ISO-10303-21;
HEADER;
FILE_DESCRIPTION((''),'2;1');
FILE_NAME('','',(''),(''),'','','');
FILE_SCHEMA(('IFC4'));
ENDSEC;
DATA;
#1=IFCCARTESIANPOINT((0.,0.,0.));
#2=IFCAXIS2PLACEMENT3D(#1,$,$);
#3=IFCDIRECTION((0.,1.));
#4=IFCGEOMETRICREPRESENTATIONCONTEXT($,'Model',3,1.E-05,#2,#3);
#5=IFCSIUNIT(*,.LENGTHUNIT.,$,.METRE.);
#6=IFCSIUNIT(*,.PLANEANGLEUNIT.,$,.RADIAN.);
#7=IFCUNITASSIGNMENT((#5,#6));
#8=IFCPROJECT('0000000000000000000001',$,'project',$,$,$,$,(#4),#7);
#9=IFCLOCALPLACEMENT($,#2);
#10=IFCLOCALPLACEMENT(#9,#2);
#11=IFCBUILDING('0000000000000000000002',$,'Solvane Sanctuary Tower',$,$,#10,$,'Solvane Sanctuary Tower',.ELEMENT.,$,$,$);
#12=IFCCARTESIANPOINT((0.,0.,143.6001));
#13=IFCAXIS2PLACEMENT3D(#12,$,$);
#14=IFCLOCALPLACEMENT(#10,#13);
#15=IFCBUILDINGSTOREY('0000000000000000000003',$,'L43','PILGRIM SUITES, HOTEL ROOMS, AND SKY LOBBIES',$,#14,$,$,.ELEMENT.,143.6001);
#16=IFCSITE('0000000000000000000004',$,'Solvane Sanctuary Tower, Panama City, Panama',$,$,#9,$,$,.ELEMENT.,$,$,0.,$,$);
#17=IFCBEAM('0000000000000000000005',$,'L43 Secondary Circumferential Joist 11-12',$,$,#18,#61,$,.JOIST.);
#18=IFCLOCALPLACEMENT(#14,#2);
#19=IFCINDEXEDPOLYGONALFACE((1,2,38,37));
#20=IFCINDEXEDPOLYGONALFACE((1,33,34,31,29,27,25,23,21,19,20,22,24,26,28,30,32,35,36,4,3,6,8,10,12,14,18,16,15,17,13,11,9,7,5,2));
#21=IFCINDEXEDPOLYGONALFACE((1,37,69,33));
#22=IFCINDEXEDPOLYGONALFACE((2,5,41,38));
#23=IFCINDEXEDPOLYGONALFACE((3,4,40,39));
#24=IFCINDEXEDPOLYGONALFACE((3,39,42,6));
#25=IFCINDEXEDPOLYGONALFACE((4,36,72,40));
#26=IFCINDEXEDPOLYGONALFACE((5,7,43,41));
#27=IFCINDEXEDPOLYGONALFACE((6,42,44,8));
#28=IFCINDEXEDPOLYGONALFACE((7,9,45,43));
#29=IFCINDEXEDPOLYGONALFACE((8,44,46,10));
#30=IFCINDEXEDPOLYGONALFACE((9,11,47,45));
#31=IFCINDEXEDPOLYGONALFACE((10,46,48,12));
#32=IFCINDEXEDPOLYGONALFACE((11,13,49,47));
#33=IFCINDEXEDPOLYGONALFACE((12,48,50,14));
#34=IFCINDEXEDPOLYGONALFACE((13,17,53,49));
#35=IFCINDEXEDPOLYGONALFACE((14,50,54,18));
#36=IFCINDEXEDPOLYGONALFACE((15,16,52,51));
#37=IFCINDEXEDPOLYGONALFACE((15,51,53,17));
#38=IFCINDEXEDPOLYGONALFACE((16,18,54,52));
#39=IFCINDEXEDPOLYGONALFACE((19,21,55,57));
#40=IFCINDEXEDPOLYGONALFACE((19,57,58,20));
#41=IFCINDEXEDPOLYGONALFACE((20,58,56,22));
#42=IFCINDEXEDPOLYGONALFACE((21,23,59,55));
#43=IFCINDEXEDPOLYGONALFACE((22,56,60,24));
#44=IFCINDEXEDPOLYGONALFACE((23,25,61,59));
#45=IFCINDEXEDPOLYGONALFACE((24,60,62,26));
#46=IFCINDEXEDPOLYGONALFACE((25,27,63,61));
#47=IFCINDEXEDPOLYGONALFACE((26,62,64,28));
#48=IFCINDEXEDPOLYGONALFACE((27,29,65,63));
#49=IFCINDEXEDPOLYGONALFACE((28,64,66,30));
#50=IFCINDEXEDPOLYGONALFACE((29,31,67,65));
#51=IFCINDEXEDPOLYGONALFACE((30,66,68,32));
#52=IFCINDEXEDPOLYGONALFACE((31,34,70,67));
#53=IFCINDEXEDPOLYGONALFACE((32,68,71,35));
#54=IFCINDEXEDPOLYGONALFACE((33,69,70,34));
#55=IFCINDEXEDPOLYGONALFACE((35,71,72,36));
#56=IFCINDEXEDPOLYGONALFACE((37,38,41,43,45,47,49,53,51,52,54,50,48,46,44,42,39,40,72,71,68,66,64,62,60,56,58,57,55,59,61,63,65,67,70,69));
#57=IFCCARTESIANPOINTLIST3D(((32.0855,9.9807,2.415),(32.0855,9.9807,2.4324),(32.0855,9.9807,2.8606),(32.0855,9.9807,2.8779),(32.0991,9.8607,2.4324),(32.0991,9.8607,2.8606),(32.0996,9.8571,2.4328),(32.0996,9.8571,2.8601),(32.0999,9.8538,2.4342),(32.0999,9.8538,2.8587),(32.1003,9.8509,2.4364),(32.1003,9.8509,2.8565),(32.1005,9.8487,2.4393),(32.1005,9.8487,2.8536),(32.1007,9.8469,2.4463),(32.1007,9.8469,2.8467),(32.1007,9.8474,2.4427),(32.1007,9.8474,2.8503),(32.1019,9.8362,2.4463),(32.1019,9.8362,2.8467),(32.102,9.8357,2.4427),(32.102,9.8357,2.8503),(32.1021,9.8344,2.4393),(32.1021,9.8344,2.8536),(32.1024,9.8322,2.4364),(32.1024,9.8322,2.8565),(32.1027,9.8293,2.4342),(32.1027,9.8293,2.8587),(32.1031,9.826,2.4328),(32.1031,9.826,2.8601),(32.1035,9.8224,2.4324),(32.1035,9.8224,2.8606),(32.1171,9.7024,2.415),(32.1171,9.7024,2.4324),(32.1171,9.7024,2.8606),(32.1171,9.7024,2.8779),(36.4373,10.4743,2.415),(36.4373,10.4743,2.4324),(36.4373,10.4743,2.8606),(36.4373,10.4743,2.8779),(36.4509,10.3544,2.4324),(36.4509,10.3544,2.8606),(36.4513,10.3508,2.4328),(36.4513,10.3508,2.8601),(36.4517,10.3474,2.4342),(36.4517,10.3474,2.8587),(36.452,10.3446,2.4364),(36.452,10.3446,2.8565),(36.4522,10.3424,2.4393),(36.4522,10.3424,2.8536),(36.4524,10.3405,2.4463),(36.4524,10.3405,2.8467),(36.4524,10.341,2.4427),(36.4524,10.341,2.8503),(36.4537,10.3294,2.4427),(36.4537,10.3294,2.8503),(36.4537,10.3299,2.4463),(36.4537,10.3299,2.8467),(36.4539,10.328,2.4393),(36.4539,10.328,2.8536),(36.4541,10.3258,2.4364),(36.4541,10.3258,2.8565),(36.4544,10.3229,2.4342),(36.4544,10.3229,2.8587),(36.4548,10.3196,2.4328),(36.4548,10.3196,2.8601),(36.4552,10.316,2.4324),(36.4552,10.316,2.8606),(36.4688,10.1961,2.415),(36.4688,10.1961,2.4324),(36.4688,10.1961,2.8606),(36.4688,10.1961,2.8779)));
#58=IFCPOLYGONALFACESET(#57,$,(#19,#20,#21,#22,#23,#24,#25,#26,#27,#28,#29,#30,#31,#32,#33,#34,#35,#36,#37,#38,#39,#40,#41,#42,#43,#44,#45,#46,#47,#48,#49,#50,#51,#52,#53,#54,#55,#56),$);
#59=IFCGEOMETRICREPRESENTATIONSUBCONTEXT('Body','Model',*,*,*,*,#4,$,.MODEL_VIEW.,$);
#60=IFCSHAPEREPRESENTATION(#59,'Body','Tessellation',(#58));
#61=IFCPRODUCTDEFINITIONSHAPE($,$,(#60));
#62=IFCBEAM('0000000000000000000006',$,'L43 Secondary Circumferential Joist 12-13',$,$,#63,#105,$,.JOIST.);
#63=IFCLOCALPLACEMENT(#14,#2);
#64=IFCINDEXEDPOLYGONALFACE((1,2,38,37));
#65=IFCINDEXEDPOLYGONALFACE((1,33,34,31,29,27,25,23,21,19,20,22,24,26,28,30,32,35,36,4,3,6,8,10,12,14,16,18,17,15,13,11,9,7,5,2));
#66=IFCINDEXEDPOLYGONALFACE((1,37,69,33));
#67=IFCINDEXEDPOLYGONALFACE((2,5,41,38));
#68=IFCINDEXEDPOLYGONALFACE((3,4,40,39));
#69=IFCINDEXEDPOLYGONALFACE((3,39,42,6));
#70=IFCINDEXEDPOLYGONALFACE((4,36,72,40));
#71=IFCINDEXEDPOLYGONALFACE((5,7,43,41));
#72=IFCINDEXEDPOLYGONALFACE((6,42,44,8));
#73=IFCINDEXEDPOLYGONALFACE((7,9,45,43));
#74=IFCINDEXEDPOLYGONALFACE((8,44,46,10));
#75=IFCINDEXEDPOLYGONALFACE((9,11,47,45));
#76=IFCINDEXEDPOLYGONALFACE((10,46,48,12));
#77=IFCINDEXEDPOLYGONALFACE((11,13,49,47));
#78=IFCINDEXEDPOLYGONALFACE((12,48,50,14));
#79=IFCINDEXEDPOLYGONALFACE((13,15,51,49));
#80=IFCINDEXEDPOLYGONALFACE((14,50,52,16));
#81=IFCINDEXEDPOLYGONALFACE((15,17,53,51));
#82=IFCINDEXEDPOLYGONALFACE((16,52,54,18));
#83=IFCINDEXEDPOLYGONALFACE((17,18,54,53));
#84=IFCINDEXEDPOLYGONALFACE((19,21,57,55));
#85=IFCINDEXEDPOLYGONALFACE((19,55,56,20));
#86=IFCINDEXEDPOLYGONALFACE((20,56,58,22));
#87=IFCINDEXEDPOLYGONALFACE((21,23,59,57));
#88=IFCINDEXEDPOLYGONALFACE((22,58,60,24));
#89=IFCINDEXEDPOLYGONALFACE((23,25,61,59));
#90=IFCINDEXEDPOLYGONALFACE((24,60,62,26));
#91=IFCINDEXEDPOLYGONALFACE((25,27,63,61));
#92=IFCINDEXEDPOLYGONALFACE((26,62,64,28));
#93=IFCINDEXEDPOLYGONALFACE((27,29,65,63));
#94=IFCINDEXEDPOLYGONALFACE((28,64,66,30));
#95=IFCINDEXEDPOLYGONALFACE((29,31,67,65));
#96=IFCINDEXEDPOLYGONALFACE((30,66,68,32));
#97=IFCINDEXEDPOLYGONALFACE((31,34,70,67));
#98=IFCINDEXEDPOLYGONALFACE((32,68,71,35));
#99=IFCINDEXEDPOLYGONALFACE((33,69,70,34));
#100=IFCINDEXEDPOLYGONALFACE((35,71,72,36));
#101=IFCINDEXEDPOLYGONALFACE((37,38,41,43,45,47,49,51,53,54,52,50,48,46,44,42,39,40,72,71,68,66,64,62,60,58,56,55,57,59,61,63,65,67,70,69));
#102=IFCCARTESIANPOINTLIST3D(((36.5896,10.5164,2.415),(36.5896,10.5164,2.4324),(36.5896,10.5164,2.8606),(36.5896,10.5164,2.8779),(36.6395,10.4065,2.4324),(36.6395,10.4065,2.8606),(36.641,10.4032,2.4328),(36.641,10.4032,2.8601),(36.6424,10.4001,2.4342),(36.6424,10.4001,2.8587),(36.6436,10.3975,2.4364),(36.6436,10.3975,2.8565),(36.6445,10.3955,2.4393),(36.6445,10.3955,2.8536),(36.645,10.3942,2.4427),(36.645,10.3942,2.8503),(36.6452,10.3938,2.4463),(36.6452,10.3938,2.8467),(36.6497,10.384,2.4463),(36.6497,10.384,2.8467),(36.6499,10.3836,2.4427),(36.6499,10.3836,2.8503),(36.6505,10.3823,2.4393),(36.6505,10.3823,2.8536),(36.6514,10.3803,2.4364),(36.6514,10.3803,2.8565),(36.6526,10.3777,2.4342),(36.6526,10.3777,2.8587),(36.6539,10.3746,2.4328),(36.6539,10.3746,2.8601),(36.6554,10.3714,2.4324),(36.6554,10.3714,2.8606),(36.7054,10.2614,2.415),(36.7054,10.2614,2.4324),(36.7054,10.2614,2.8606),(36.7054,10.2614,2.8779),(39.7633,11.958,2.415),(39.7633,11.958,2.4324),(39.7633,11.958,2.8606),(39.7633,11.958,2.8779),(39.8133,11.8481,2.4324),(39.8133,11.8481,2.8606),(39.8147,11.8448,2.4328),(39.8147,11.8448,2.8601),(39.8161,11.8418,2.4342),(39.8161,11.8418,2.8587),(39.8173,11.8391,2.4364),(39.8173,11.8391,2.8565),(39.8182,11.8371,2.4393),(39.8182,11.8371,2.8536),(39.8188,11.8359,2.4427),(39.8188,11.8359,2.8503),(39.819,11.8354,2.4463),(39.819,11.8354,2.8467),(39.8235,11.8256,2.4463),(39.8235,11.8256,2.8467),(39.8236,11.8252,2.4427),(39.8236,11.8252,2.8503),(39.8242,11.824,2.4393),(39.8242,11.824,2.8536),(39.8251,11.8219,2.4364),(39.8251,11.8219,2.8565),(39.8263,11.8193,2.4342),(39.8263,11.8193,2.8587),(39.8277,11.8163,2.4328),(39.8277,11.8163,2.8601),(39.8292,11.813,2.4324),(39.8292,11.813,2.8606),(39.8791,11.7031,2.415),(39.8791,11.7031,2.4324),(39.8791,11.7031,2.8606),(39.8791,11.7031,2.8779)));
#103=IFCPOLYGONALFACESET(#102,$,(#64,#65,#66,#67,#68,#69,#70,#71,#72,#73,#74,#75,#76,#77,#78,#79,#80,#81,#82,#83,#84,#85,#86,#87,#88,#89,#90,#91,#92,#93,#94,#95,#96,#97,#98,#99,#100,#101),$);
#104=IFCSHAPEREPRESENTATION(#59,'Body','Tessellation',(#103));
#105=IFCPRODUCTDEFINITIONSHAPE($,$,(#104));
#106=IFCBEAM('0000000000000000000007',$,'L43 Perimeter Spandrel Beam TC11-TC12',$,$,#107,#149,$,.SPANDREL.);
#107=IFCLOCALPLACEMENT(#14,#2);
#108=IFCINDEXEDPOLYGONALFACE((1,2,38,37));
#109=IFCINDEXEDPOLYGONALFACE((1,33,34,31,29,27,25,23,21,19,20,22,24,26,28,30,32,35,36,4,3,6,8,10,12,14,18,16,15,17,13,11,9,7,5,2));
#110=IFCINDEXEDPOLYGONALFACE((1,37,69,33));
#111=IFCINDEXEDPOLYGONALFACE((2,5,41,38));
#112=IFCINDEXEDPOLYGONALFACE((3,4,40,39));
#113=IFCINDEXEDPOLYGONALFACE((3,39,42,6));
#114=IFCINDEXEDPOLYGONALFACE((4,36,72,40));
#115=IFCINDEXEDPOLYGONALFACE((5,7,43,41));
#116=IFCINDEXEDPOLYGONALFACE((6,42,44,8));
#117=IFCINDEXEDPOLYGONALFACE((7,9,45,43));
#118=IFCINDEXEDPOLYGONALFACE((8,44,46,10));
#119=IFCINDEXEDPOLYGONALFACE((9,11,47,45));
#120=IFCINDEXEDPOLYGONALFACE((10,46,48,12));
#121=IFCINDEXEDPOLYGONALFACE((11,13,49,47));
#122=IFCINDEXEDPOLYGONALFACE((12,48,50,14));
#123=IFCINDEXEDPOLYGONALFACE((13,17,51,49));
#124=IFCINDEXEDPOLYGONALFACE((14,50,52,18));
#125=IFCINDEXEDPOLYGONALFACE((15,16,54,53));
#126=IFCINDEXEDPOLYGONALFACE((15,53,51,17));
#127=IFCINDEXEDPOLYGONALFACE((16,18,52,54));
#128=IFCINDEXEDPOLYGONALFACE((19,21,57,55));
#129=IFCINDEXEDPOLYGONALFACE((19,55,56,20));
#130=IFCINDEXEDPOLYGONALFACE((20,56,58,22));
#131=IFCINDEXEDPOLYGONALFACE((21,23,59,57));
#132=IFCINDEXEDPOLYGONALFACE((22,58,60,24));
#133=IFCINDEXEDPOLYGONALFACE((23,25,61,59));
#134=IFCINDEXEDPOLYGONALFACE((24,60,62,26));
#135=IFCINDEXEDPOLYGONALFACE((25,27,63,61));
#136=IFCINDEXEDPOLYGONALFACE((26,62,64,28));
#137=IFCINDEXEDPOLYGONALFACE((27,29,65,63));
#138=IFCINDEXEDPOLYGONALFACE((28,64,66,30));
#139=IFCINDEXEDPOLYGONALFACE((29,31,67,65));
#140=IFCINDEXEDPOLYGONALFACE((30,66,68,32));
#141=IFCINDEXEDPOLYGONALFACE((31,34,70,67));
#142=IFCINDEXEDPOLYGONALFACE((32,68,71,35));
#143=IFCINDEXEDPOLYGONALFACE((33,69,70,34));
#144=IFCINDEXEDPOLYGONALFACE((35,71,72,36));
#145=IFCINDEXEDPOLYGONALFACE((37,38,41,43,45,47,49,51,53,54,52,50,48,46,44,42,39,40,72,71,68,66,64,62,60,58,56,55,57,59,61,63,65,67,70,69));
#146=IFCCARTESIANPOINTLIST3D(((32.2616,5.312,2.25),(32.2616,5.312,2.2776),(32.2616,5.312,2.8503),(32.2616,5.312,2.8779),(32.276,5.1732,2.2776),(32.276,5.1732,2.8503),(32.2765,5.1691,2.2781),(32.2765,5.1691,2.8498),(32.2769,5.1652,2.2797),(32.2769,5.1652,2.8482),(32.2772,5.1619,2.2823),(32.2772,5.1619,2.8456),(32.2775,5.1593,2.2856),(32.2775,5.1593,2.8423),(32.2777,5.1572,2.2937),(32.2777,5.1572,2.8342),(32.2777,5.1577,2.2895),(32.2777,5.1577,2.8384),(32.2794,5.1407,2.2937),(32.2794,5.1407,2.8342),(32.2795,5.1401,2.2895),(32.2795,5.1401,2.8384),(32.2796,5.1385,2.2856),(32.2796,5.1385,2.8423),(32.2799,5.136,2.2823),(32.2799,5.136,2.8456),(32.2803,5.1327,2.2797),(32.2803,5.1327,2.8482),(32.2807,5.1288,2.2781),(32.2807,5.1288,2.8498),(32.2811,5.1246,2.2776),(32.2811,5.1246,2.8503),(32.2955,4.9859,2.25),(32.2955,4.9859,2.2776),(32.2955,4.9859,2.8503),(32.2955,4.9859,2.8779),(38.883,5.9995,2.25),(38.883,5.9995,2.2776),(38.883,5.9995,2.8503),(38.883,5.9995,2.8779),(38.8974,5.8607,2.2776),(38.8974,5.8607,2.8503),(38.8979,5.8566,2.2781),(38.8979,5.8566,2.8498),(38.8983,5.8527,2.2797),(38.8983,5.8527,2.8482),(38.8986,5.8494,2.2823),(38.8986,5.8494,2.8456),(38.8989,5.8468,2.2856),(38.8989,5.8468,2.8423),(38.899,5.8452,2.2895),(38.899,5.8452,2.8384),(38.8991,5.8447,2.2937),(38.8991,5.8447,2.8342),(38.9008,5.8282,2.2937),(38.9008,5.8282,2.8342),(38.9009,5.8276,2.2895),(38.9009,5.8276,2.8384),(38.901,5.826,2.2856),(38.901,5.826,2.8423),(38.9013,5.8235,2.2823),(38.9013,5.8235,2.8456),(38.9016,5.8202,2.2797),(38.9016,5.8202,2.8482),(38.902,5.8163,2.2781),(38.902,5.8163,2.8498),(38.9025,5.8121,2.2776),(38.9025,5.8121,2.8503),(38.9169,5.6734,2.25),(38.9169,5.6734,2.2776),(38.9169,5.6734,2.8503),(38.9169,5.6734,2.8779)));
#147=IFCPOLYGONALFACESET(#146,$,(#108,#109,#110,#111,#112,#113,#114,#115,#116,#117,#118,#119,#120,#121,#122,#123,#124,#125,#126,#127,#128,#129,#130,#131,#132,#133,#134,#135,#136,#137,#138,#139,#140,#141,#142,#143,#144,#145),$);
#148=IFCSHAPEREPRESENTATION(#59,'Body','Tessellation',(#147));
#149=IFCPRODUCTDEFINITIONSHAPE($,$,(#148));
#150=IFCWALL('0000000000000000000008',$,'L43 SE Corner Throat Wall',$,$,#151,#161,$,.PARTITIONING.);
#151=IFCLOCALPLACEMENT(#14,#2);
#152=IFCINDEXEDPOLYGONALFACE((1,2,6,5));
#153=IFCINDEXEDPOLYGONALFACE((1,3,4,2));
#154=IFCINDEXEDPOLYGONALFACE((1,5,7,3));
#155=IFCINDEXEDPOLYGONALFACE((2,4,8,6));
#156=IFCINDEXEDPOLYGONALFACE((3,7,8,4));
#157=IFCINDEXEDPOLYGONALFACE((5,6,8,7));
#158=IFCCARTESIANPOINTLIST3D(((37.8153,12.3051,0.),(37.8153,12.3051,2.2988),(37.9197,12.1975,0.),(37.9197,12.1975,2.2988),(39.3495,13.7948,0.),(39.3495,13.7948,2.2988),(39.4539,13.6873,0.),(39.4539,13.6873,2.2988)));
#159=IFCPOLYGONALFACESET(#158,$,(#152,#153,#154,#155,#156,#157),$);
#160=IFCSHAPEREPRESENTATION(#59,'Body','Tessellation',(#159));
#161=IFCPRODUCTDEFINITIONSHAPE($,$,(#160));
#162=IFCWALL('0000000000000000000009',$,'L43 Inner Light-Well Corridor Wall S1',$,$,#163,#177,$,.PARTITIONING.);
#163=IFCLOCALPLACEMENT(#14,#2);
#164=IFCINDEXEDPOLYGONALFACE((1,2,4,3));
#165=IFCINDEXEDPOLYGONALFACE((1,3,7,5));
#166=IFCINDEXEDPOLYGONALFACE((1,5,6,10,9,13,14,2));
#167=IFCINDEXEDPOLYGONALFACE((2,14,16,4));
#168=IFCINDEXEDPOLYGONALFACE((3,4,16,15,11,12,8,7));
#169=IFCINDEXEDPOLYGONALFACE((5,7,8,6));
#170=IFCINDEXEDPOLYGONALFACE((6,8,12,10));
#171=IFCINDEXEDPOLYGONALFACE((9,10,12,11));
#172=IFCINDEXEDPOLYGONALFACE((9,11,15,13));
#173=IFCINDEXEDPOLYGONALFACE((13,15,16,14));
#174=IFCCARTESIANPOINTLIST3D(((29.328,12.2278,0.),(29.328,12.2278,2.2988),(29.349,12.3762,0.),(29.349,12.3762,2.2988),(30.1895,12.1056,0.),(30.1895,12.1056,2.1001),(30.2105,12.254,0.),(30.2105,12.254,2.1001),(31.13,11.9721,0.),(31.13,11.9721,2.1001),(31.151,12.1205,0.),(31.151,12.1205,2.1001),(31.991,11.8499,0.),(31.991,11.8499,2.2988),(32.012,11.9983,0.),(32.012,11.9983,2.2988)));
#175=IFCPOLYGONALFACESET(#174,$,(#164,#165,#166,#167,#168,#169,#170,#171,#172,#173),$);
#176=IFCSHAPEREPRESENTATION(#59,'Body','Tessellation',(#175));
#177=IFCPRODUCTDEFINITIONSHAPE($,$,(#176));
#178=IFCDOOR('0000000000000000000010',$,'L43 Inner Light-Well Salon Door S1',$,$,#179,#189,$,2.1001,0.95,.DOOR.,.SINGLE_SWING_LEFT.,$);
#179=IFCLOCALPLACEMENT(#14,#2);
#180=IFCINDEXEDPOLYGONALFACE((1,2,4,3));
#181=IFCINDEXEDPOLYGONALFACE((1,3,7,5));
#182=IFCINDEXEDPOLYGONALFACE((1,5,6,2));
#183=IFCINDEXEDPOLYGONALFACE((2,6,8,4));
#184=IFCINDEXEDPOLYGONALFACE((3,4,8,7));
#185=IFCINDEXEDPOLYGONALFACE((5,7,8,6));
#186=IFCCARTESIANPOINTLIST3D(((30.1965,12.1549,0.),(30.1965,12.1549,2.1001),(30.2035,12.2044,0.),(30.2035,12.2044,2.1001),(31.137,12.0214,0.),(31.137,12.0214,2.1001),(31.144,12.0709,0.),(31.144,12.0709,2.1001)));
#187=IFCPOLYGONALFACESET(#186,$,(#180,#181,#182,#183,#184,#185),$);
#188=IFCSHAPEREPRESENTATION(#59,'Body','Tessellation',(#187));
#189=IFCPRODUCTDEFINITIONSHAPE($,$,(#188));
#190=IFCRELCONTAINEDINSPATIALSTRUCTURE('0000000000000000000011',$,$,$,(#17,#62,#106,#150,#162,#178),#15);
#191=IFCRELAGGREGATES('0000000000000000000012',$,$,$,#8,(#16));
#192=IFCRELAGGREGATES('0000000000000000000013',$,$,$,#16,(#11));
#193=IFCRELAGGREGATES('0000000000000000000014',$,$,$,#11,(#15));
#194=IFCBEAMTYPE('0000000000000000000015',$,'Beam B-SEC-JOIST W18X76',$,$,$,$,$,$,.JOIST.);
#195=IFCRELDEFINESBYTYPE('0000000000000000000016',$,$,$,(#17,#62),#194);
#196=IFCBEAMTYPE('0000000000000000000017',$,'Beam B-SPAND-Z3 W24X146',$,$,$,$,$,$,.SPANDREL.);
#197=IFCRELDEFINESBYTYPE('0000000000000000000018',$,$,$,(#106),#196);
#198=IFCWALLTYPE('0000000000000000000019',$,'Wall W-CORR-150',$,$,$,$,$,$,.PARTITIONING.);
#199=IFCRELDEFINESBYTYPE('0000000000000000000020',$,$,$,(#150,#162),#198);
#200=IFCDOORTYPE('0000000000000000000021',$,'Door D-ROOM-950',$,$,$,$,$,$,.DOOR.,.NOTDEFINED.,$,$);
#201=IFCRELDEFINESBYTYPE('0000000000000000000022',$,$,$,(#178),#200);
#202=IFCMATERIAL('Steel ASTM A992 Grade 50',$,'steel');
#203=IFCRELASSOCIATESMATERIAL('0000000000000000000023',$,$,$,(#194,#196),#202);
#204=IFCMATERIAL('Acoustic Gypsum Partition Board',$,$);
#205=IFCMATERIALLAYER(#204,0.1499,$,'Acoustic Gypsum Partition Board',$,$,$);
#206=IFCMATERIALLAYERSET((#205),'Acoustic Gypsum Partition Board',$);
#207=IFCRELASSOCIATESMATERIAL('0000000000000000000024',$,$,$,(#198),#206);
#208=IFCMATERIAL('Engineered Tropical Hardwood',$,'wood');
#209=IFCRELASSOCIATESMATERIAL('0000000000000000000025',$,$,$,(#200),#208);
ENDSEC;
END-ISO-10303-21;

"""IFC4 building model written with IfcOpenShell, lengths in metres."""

from ifc_helpers import new_model, si_unit, direction, frame, frame_2d, origin, origin_2d, place, context, subcontext, project, spatial, rectangle, i_section, extrude, material, layer, layer_set, material_profile, profile_set, type_object, element, fill, save


model = new_model("IFC4")

# Units and contexts
model_context = context("Model", 3, precision=1e-05, world=origin(), true_north=direction((0.0, 1.0)))
body_context = subcontext(model_context, "Body", "Model", "MODEL_VIEW")
ifc_project = project(units=[si_unit("LENGTHUNIT", "METRE"), si_unit("PLANEANGLEUNIT", "RADIAN")], contexts=[model_context])

# Site, building, storey
site_placement = place(None, origin())
site = spatial("IfcSite", under=ifc_project, at=site_placement, Name="Solvane Sanctuary Tower, Panama City, Panama", CompositionType="ELEMENT", RefElevation=0.0)
building_placement = place(site_placement, origin())
building = spatial("IfcBuilding", under=site, at=building_placement, Name="Solvane Sanctuary Tower", LongName="Solvane Sanctuary Tower", CompositionType="ELEMENT")
storey_placement = place(building_placement, frame((0.0, 0.0, 143.6001)))
storey = spatial("IfcBuildingStorey", under=building, at=storey_placement, Name="L43", Description="PILGRIM SUITES, HOTEL ROOMS, AND SKY LOBBIES", CompositionType="ELEMENT", Elevation=143.6001)

# Beams
ifc_material_1 = material(Name="Steel ASTM A992 Grade 50", Category="steel")
ifc_material_profile_1 = material_profile(ifc_material_1, i_section(OverallWidth=0.28, OverallDepth=0.4629, WebThickness=0.0107, FlangeThickness=0.0173, FilletRadius=0.0139, at=origin_2d()), Name="W18X76")
ifc_profile_set_1 = profile_set([ifc_material_profile_1], Name="Steel ASTM A992 Grade 50")
beam_type_1 = type_object("IfcBeamType", Name="Beam B-SEC-JOIST W18X76", PredefinedType="JOIST", material=ifc_profile_set_1)
beam_1_placement = place(storey_placement, frame((32.1013, 9.8416, 2.6465), z_axis=(0.993628, 0.112713, 0.0), x_axis=(-0.112713, 0.993628, 0.0)))
element("IfcBeam", 1, at=beam_1_placement, inside=storey, type_object=beam_type_1, Name="L43 Secondary Circumferential Joist 11-12", PredefinedType="JOIST", context=body_context, shape_type="SweptSolid", body=[
    extrude(i_section(OverallWidth=0.28, OverallDepth=0.4629, WebThickness=0.0107, FlangeThickness=0.0173, FilletRadius=0.0139, at=origin_2d()), origin(), (0.0, 0.0, 1.0), 4.3796),
])
beam_2_placement = place(storey_placement, frame((36.6475, 10.3889, 2.6465), z_axis=(0.910474, 0.413565, 0.0), x_axis=(-0.413565, 0.910474, 0.0)))
element("IfcBeam", 2, at=beam_2_placement, inside=storey, type_object=beam_type_1, Name="L43 Secondary Circumferential Joist 12-13", PredefinedType="JOIST", context=body_context, shape_type="SweptSolid", body=[
    extrude(i_section(OverallWidth=0.28, OverallDepth=0.4629, WebThickness=0.0107, FlangeThickness=0.0173, FilletRadius=0.0139, at=origin_2d()), origin(), (0.0, 0.0, 1.0), 3.4858),
])
ifc_material_profile_2 = material_profile(ifc_material_1, i_section(OverallWidth=0.3279, OverallDepth=0.6279, WebThickness=0.0166, FlangeThickness=0.0276, FilletRadius=0.0161, at=origin_2d()), Name="W24X146")
ifc_profile_set_2 = profile_set([ifc_material_profile_2], Name="Steel ASTM A992 Grade 50")
beam_type_2 = type_object("IfcBeamType", Name="Beam B-SPAND-Z3 W24X146", PredefinedType="SPANDREL", material=ifc_profile_set_2)
beam_3_placement = place(storey_placement, frame((32.2786, 5.1489, 2.564), z_axis=(0.994653, 0.103276, 0.0), x_axis=(-0.103276, 0.994653, 0.0)))
element("IfcBeam", 3, at=beam_3_placement, inside=storey, type_object=beam_type_2, Name="L43 Perimeter Spandrel Beam TC11-TC12", PredefinedType="SPANDREL", context=body_context, shape_type="SweptSolid", body=[
    extrude(i_section(OverallWidth=0.3279, OverallDepth=0.6279, WebThickness=0.0166, FlangeThickness=0.0276, FilletRadius=0.0161, at=origin_2d()), origin(), (0.0, 0.0, 1.0), 6.657),
])

# Wall
ifc_material_2 = material(Name="Acoustic Gypsum Partition Board")
ifc_layer_1 = layer(ifc_material_2, 0.1499, Name="Acoustic Gypsum Partition Board")
ifc_layer_set_1 = layer_set([ifc_layer_1], Name="Acoustic Gypsum Partition Board")
wall_type_1 = type_object("IfcWallType", Name="Wall W-CORR-150", PredefinedType="PARTITIONING", material=ifc_layer_set_1)
wall_1_placement = place(storey_placement, frame((37.8674, 12.2512, 0.0), z_axis=(0.0, 0.0, 1.0), x_axis=(0.71742, 0.696641, 0.0)))
element("IfcWall", 4, at=wall_1_placement, inside=storey, type_object=wall_type_1, Name="L43 SE Corner Throat Wall", PredefinedType="PARTITIONING", context=body_context, shape_type="SweptSolid", body=[
    extrude(rectangle(XDim=2.1384, YDim=0.1499, at=frame_2d((1.0693, 0.0))), origin(), (0.0, 0.0, 1.0), 2.2988),
])

# Wall, opening, door
wall_2_placement = place(storey_placement, frame((29.3386, 12.302, 0.0), z_axis=(0.0, 0.0, 1.0), x_axis=(0.99008, -0.140506, 0.0)))
wall_2 = element("IfcWall", 5, at=wall_2_placement, inside=storey, type_object=wall_type_1, Name="L43 Inner Light-Well Corridor Wall S1", PredefinedType="PARTITIONING", context=body_context, shape_type="SweptSolid", body=[
    extrude(rectangle(XDim=2.6897, YDim=0.1499, at=frame_2d((1.3447, 0.0))), origin(), (0.0, 0.0, 1.0), 2.2988),
])
opening_1_placement = place(wall_2_placement, frame((0.8699, 0.0, 0.0)))
opening_1 = element("IfcOpeningElement", 6, at=opening_1_placement, cuts=wall_2, PredefinedType="OPENING", context=body_context, shape_type="SweptSolid", body=[
    extrude(rectangle(XDim=0.95, YDim=2.1001, at=frame_2d((0.4751, 1.05))), frame((0.0, 0.085, 0.0), z_axis=(0.0, -1.0, 0.0), x_axis=(1.0, 0.0, 0.0)), (0.0, 0.0, 1.0), 0.1699),
])
ifc_material_3 = material(Name="Engineered Tropical Hardwood", Category="wood")
door_type_1 = type_object("IfcDoorType", Name="Door D-ROOM-950", OperationType="NOTDEFINED", PredefinedType="DOOR", material=ifc_material_3)
door_1_placement = place(opening_1_placement, origin())
door_1 = element("IfcDoor", 7, at=door_1_placement, inside=storey, type_object=door_type_1, Name="L43 Inner Light-Well Salon Door S1", OperationType="SINGLE_SWING_LEFT", OverallHeight=2.1001, OverallWidth=0.95, PredefinedType="DOOR", context=body_context, shape_type="SweptSolid", body=[
    extrude(rectangle(XDim=0.95, YDim=2.1001, at=frame_2d((0.4751, 1.05))), frame((0.0, 0.0249, 0.0), z_axis=(0.0, -1.0, 0.0), x_axis=(1.0, 0.0, 0.0)), (0.0, 0.0, 1.0), 0.05),
])
fill(opening_1, door_1)

save(model, "model.ifc")
